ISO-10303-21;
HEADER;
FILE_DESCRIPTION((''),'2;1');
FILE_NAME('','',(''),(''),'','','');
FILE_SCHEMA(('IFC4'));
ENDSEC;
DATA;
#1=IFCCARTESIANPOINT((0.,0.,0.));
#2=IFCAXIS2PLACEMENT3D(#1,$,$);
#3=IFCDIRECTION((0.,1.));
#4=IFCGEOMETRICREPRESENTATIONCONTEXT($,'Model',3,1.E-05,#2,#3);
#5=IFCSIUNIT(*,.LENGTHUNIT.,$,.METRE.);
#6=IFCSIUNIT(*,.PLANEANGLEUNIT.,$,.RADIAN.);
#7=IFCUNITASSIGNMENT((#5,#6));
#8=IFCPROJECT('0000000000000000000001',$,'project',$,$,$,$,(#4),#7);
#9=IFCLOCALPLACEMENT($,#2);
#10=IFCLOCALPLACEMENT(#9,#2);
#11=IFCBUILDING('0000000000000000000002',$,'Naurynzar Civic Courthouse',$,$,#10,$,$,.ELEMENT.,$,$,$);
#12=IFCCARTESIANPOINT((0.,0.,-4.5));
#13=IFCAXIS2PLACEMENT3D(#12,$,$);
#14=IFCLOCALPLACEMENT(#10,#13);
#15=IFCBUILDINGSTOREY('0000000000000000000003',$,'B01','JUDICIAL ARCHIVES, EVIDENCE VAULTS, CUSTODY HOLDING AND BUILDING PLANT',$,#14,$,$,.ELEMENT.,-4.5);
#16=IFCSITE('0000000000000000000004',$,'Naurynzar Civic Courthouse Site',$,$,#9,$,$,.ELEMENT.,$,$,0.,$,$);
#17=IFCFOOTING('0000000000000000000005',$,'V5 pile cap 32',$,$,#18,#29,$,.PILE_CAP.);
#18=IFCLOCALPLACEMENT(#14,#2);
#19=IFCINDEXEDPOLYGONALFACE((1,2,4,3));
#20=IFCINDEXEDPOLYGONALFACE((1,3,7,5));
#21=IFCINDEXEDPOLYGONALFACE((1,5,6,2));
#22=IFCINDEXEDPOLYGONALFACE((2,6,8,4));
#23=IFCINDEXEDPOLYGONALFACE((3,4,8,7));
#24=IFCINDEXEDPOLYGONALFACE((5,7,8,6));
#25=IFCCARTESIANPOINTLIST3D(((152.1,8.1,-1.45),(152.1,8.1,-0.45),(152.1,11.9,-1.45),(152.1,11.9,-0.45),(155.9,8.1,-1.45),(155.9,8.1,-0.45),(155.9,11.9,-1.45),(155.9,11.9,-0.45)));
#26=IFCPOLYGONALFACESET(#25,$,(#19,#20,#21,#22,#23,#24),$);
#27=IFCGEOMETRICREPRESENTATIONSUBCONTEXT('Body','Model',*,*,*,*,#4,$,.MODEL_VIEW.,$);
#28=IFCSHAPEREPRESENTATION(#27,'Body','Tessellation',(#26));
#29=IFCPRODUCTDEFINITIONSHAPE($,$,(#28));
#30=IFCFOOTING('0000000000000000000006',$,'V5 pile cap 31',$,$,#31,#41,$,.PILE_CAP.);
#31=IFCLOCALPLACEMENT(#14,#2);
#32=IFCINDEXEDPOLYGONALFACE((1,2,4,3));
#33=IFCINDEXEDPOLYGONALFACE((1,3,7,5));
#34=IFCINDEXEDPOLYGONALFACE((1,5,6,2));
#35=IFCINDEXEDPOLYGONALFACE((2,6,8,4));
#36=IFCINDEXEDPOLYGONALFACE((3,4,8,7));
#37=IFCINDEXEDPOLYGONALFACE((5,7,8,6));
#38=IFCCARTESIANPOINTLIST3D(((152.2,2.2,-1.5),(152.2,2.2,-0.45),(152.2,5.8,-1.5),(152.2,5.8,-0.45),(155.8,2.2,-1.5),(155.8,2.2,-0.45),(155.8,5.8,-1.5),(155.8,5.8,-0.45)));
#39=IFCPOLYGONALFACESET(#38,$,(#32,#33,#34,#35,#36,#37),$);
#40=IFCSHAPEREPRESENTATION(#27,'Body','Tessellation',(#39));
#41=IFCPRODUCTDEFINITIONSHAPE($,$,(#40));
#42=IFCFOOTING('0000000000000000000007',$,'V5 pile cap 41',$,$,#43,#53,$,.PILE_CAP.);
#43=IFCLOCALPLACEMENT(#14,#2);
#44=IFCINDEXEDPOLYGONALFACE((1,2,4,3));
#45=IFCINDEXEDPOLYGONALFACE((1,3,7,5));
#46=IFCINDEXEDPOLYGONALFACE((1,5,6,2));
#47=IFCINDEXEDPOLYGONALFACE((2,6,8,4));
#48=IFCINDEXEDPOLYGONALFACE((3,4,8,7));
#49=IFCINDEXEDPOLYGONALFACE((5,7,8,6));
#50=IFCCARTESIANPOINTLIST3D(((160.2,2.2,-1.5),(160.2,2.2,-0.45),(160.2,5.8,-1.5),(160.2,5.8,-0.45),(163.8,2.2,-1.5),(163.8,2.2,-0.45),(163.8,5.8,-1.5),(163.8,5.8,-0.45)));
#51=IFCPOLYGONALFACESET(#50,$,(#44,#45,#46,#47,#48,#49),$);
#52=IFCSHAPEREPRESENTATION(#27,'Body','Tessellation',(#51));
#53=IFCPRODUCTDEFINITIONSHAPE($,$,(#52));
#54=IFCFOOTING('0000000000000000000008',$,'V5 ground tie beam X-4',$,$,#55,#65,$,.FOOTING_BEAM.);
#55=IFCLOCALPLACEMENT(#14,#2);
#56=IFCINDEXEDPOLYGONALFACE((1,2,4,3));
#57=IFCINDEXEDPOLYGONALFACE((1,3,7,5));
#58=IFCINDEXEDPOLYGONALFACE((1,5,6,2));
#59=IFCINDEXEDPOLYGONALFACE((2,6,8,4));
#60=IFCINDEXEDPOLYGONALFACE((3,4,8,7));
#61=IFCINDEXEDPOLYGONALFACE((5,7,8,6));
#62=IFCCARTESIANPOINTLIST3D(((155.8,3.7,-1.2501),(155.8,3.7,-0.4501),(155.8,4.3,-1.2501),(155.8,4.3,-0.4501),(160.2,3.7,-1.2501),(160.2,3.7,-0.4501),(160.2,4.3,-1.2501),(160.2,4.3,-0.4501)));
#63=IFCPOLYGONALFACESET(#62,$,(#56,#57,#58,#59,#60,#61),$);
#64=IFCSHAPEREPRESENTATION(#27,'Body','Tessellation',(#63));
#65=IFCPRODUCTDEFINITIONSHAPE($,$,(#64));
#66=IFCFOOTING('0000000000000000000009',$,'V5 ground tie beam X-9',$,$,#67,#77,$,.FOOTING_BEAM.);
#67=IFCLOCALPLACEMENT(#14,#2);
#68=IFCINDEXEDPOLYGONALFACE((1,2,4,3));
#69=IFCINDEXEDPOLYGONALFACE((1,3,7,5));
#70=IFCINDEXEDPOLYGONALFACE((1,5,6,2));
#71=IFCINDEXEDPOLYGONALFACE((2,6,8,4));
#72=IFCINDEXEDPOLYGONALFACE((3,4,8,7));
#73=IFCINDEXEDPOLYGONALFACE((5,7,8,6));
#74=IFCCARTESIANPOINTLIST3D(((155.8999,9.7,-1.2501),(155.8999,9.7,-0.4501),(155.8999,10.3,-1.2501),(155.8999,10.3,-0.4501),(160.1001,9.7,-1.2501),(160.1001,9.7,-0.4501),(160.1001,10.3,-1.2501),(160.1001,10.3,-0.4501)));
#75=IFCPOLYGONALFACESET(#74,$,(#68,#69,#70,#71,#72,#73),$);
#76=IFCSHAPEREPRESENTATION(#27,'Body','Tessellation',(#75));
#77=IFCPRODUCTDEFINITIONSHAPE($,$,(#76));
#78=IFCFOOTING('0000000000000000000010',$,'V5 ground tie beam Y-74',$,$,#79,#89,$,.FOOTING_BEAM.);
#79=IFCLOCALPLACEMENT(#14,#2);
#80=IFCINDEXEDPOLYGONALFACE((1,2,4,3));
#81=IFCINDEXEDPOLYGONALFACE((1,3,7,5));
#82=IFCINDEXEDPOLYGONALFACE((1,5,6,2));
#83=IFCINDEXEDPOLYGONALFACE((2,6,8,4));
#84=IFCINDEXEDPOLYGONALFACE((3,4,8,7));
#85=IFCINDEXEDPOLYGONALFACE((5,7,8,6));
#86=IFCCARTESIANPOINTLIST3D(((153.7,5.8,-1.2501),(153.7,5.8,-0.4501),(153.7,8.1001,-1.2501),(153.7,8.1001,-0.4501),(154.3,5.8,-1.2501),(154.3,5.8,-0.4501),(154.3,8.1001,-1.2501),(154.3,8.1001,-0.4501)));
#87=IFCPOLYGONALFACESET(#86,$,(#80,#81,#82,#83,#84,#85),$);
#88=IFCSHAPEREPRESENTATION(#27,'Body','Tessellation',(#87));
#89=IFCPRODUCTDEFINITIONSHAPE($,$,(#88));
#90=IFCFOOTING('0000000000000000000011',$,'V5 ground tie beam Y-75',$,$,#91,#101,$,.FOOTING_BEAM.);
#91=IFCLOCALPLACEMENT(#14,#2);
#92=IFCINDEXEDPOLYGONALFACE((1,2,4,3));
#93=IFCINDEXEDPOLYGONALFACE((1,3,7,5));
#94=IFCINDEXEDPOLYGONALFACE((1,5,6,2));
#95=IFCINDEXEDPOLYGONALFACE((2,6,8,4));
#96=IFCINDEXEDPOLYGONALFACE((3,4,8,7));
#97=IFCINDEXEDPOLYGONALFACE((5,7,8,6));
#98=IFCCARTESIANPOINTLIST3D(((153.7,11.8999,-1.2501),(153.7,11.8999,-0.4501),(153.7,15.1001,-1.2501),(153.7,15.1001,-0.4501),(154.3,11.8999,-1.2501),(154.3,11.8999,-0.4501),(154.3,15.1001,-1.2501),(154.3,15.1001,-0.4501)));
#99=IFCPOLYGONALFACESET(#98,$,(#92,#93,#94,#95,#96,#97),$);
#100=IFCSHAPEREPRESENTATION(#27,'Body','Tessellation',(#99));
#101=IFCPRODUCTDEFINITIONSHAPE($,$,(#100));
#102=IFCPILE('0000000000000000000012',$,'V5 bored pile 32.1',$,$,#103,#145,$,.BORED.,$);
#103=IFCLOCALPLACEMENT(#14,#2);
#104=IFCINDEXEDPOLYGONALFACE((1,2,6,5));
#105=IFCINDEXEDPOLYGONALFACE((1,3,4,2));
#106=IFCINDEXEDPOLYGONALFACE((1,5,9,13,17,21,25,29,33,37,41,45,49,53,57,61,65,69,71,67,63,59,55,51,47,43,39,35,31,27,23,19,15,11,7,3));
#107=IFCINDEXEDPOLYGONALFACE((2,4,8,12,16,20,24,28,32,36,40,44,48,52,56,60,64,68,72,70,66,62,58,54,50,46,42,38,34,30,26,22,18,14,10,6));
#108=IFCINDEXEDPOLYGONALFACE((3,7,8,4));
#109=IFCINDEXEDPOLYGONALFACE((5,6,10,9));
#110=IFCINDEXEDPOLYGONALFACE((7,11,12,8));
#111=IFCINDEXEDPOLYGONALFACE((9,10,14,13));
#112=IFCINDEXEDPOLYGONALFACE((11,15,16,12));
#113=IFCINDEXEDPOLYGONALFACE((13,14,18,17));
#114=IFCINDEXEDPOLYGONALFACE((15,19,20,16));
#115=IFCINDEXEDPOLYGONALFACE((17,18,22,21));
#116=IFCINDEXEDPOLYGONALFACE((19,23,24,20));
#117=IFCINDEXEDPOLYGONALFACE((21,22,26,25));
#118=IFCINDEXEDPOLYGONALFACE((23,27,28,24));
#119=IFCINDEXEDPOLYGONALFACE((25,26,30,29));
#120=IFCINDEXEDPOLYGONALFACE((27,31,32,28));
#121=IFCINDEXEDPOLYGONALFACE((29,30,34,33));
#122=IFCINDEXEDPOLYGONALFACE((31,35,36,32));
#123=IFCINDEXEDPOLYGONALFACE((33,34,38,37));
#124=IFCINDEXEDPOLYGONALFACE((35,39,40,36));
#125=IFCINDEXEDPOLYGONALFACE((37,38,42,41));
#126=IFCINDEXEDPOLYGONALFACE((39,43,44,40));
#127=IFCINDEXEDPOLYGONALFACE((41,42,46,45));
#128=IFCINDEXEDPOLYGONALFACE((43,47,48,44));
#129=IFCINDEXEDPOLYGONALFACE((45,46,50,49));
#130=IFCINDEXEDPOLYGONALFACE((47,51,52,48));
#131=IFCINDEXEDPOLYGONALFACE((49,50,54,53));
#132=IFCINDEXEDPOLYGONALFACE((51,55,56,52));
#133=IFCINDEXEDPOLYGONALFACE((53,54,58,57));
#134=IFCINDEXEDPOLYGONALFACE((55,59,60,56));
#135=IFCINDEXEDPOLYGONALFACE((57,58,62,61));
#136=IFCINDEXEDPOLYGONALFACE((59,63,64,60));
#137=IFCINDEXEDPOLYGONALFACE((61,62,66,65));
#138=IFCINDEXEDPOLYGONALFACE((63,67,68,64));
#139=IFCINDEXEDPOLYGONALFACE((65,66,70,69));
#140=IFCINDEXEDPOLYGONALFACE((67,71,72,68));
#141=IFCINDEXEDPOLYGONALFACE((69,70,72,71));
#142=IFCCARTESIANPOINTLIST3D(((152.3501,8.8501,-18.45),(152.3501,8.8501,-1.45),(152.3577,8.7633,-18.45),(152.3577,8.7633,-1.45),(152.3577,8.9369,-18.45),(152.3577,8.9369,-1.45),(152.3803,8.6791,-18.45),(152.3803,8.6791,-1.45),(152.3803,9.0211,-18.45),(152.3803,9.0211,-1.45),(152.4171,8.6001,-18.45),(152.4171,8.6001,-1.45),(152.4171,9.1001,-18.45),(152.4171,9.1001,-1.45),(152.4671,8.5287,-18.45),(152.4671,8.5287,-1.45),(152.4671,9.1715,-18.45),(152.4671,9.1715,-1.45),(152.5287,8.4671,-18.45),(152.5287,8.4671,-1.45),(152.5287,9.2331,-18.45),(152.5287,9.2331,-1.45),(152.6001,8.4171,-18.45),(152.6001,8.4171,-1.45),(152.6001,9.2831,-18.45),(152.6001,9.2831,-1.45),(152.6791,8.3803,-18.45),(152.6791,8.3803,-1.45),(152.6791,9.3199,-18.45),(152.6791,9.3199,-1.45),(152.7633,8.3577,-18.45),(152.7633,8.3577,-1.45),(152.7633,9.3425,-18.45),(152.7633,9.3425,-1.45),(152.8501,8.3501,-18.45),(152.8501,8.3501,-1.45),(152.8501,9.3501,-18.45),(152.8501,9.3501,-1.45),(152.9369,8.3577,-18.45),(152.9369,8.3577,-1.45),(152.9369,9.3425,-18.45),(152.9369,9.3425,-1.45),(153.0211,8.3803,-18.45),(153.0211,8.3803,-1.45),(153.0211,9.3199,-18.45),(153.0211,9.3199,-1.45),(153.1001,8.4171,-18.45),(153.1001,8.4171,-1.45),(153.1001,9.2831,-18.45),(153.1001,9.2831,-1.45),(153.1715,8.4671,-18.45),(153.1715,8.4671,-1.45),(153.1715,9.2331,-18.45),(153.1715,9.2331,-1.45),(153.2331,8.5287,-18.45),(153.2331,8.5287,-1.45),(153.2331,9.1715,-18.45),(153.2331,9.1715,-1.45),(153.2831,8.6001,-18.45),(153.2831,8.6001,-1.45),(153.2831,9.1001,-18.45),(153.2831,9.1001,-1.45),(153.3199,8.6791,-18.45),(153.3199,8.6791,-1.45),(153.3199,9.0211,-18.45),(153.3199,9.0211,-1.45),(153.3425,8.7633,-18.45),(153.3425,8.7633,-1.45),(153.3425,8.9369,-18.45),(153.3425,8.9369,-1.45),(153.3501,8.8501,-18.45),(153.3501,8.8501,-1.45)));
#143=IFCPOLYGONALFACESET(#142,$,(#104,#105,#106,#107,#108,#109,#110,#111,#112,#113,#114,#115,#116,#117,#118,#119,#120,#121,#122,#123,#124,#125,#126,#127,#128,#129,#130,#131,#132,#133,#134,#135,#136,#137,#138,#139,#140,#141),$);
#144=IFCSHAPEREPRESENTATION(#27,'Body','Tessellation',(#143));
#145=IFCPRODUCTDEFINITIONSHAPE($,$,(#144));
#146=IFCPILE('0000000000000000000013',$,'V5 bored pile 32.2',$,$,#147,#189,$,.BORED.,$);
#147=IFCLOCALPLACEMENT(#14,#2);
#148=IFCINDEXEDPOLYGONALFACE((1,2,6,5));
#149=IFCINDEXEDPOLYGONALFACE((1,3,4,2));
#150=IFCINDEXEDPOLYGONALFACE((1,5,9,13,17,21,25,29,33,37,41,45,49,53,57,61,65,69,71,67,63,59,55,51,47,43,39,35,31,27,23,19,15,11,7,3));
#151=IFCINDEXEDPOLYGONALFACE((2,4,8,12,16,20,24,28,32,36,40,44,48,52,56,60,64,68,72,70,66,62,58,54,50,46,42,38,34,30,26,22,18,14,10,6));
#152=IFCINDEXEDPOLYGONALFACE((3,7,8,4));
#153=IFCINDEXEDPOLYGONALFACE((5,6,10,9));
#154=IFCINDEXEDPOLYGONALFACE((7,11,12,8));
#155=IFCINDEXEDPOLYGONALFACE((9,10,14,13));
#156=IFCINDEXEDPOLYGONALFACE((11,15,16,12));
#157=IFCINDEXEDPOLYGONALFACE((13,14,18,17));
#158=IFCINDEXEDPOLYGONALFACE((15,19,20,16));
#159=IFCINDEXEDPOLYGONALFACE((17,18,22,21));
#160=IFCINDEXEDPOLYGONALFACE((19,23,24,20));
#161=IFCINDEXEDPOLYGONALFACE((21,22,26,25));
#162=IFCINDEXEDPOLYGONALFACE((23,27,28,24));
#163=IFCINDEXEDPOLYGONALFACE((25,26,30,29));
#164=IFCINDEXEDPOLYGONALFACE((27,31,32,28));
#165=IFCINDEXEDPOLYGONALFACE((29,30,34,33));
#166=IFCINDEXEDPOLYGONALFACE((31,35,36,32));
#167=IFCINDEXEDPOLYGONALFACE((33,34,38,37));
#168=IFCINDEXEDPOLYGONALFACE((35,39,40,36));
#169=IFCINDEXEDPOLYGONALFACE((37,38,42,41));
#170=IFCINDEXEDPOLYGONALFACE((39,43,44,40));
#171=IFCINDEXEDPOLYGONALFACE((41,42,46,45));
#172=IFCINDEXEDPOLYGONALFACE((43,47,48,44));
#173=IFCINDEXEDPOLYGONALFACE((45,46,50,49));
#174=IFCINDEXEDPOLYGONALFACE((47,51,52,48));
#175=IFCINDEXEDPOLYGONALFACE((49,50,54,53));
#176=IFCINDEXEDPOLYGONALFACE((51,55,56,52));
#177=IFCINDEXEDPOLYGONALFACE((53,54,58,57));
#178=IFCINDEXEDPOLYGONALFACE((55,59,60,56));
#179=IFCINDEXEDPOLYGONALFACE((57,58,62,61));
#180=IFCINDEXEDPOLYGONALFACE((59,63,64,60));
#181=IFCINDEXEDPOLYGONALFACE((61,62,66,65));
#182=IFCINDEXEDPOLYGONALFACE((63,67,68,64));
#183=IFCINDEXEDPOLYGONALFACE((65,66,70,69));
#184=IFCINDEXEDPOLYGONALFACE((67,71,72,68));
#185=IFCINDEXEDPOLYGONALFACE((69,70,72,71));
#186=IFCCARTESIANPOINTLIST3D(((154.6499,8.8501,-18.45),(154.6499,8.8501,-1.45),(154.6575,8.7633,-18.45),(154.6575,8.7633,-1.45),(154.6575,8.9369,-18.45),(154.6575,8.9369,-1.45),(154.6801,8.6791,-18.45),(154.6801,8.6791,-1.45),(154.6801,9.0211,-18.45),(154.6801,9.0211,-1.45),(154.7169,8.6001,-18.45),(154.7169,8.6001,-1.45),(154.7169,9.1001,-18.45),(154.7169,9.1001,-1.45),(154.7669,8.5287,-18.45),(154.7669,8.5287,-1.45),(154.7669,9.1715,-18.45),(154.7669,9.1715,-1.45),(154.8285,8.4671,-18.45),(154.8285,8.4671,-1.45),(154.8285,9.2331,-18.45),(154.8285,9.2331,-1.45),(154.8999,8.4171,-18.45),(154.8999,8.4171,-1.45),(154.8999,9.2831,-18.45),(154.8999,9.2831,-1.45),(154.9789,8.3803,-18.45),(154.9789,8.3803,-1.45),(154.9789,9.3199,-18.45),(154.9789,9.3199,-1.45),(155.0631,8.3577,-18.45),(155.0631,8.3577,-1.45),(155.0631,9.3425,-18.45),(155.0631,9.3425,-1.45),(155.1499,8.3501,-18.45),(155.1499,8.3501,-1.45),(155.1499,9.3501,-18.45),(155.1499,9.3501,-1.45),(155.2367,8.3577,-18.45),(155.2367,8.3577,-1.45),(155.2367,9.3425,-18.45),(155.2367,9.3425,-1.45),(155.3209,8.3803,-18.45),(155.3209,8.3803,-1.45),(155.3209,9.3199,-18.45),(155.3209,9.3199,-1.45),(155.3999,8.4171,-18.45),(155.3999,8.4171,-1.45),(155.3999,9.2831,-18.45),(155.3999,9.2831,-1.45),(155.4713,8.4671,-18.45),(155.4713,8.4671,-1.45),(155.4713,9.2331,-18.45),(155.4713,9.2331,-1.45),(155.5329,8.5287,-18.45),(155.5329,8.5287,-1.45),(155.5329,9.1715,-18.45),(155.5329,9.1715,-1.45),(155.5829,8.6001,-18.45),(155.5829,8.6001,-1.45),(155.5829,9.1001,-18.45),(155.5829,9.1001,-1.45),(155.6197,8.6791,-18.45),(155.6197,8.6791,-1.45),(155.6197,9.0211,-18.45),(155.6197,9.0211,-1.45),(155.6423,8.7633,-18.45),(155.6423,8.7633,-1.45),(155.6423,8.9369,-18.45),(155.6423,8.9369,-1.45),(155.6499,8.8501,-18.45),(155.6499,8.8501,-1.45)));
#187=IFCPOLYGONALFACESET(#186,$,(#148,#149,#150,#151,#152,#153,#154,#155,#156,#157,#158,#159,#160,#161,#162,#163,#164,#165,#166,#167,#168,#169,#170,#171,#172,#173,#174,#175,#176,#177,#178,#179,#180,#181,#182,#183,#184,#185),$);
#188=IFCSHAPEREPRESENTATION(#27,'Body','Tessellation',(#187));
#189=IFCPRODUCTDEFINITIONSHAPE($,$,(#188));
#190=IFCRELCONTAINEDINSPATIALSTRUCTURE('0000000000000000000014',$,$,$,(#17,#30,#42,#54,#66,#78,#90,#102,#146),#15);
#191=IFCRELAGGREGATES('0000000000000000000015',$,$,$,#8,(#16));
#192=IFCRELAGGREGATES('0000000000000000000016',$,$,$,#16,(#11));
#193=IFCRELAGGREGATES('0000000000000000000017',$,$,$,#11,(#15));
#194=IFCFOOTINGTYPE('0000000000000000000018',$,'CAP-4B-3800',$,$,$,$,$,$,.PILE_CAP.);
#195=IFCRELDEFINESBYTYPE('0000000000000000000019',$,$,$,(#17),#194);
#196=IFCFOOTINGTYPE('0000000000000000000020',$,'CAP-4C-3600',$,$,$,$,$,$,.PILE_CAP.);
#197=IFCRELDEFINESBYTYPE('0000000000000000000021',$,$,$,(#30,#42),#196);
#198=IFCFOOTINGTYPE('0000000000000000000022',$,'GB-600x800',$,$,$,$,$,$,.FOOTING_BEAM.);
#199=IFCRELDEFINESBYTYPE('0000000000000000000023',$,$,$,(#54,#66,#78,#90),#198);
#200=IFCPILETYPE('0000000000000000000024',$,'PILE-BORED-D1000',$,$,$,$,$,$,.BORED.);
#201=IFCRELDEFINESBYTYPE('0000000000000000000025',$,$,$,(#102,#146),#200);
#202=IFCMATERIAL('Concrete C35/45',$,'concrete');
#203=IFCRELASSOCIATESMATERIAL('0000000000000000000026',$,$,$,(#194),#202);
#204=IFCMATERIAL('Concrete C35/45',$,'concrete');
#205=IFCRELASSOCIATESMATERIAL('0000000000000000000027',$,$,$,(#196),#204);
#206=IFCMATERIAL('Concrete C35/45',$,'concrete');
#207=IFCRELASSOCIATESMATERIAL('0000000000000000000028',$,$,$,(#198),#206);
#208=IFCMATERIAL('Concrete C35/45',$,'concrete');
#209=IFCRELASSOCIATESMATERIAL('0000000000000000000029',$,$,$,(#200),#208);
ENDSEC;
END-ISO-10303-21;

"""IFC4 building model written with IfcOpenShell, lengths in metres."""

from ifc_helpers import new_model, si_unit, direction, frame, origin, origin_2d, place, context, subcontext, project, spatial, rectangle, circle, extrude, material, material_profile, profile_set, type_object, element, save


model = new_model("IFC4")

# Units and contexts
model_context = context("Model", 3, precision=1e-05, world=origin(), true_north=direction((0.0, 1.0)))
body_context = subcontext(model_context, "Body", "Model", "MODEL_VIEW")
ifc_project = project(units=[si_unit("LENGTHUNIT", "METRE"), si_unit("PLANEANGLEUNIT", "RADIAN")], contexts=[model_context])

# Site, building, storey
site_placement = place(None, origin())
site = spatial("IfcSite", under=ifc_project, at=site_placement, Name="Naurynzar Civic Courthouse Site", CompositionType="ELEMENT", RefElevation=0.0)
building_placement = place(site_placement, origin())
building = spatial("IfcBuilding", under=site, at=building_placement, Name="Naurynzar Civic Courthouse", CompositionType="ELEMENT")
storey_placement = place(building_placement, frame((0.0, 0.0, -4.5)))
storey = spatial("IfcBuildingStorey", under=building, at=storey_placement, Name="B01", Description="JUDICIAL ARCHIVES, EVIDENCE VAULTS, CUSTODY HOLDING AND BUILDING PLANT", CompositionType="ELEMENT", Elevation=-4.5)

# Footings
ifc_material_1 = material(Name="Concrete C35/45", Category="concrete")
footing_type_1 = type_object("IfcFootingType", Name="CAP-4B-3800", PredefinedType="PILE_CAP", material=ifc_material_1)
footing_1_placement = place(storey_placement, frame((154.0, 10.0, -1.45), z_axis=(0.0, 0.0, 1.0), x_axis=(1.0, 0.0, 0.0)))
element("IfcFooting", 1, at=footing_1_placement, inside=storey, type_object=footing_type_1, Name="V5 pile cap 32", PredefinedType="PILE_CAP", context=body_context, shape_type="SweptSolid", body=[
    extrude(rectangle(XDim=3.8, YDim=3.8, at=origin_2d()), origin(), (0.0, 0.0, 1.0), 1.0),
])
ifc_material_2 = material(Name="Concrete C35/45", Category="concrete")
footing_type_2 = type_object("IfcFootingType", Name="CAP-4C-3600", PredefinedType="PILE_CAP", material=ifc_material_2)
for number, where, z_axis, x_axis, name in (
    (2, (154.0, 4.0, -1.5), (0.0, 0.0, 1.0), (1.0, 0.0, 0.0), "V5 pile cap 31"),
    (3, (162.0, 4.0, -1.5), (0.0, 0.0, 1.0), (1.0, 0.0, 0.0), "V5 pile cap 41"),
):
    element("IfcFooting", number, at=place(storey_placement, frame(where, z_axis=z_axis, x_axis=x_axis)), inside=storey, type_object=footing_type_2, Name=name, PredefinedType="PILE_CAP", context=body_context, shape_type="SweptSolid", body=[
        extrude(rectangle(XDim=3.6001, YDim=3.6001, at=origin_2d()), origin(), (0.0, 0.0, 1.0), 1.05),
    ])
ifc_material_3 = material(Name="Concrete C35/45", Category="concrete")
ifc_material_profile_1 = material_profile(ifc_material_3, rectangle(XDim=0.6001, YDim=0.8, at=origin_2d()), Name="GB 600x800")
ifc_profile_set_1 = profile_set([ifc_material_profile_1], Name="Concrete C35/45")
footing_type_3 = type_object("IfcFootingType", Name="GB-600x800", PredefinedType="FOOTING_BEAM", material=ifc_profile_set_1)
footing_2_placement = place(storey_placement, frame((155.8, 4.0, -0.8501), z_axis=(1.0, 0.0, 0.0), x_axis=(0.0, 1.0, 0.0)))
element("IfcFooting", 4, at=footing_2_placement, inside=storey, type_object=footing_type_3, Name="V5 ground tie beam X-4", PredefinedType="FOOTING_BEAM", context=body_context, shape_type="SweptSolid", body=[
    extrude(rectangle(XDim=0.6001, YDim=0.8, at=origin_2d()), origin(), (0.0, 0.0, 1.0), 4.3999),
])
footing_3_placement = place(storey_placement, frame((155.8999, 10.0, -0.8501), z_axis=(1.0, 0.0, 0.0), x_axis=(0.0, 1.0, 0.0)))
element("IfcFooting", 5, at=footing_3_placement, inside=storey, type_object=footing_type_3, Name="V5 ground tie beam X-9", PredefinedType="FOOTING_BEAM", context=body_context, shape_type="SweptSolid", body=[
    extrude(rectangle(XDim=0.6001, YDim=0.8, at=origin_2d()), origin(), (0.0, 0.0, 1.0), 4.2002),
])
footing_4_placement = place(storey_placement, frame((154.0, 5.8, -0.8501), z_axis=(0.0, 1.0, 0.0), x_axis=(-1.0, 0.0, 0.0)))
element("IfcFooting", 6, at=footing_4_placement, inside=storey, type_object=footing_type_3, Name="V5 ground tie beam Y-74", PredefinedType="FOOTING_BEAM", context=body_context, shape_type="SweptSolid", body=[
    extrude(rectangle(XDim=0.6001, YDim=0.8, at=origin_2d()), origin(), (0.0, 0.0, 1.0), 2.3),
])
footing_5_placement = place(storey_placement, frame((154.0, 11.8999, -0.8501), z_axis=(0.0, 1.0, 0.0), x_axis=(-1.0, 0.0, 0.0)))
element("IfcFooting", 7, at=footing_5_placement, inside=storey, type_object=footing_type_3, Name="V5 ground tie beam Y-75", PredefinedType="FOOTING_BEAM", context=body_context, shape_type="SweptSolid", body=[
    extrude(rectangle(XDim=0.6001, YDim=0.8, at=origin_2d()), origin(), (0.0, 0.0, 1.0), 3.2002),
])

# Piles
ifc_material_4 = material(Name="Concrete C35/45", Category="concrete")
ifc_material_profile_2 = material_profile(ifc_material_4, circle(Radius=0.5, at=origin_2d()), Name="PILE D1000")
ifc_profile_set_2 = profile_set([ifc_material_profile_2], Name="Concrete C35/45")
pile_type_1 = type_object("IfcPileType", Name="PILE-BORED-D1000", PredefinedType="BORED", material=ifc_profile_set_2)
for number, where, z_axis, x_axis, name in (
    (8, (152.8501, 8.8501, -1.45), (0.0, 0.0, -1.0), (1.0, 0.0, 0.0), "V5 bored pile 32.1"),
    (9, (155.1499, 8.8501, -1.45), (0.0, 0.0, -1.0), (1.0, 0.0, 0.0), "V5 bored pile 32.2"),
):
    element("IfcPile", number, at=place(storey_placement, frame(where, z_axis=z_axis, x_axis=x_axis)), inside=storey, type_object=pile_type_1, Name=name, PredefinedType="BORED", context=body_context, shape_type="SweptSolid", body=[
        extrude(circle(Radius=0.5, at=origin_2d()), origin(), (0.0, 0.0, 1.0), 17.0),
    ])

save(model, "model.ifc")
